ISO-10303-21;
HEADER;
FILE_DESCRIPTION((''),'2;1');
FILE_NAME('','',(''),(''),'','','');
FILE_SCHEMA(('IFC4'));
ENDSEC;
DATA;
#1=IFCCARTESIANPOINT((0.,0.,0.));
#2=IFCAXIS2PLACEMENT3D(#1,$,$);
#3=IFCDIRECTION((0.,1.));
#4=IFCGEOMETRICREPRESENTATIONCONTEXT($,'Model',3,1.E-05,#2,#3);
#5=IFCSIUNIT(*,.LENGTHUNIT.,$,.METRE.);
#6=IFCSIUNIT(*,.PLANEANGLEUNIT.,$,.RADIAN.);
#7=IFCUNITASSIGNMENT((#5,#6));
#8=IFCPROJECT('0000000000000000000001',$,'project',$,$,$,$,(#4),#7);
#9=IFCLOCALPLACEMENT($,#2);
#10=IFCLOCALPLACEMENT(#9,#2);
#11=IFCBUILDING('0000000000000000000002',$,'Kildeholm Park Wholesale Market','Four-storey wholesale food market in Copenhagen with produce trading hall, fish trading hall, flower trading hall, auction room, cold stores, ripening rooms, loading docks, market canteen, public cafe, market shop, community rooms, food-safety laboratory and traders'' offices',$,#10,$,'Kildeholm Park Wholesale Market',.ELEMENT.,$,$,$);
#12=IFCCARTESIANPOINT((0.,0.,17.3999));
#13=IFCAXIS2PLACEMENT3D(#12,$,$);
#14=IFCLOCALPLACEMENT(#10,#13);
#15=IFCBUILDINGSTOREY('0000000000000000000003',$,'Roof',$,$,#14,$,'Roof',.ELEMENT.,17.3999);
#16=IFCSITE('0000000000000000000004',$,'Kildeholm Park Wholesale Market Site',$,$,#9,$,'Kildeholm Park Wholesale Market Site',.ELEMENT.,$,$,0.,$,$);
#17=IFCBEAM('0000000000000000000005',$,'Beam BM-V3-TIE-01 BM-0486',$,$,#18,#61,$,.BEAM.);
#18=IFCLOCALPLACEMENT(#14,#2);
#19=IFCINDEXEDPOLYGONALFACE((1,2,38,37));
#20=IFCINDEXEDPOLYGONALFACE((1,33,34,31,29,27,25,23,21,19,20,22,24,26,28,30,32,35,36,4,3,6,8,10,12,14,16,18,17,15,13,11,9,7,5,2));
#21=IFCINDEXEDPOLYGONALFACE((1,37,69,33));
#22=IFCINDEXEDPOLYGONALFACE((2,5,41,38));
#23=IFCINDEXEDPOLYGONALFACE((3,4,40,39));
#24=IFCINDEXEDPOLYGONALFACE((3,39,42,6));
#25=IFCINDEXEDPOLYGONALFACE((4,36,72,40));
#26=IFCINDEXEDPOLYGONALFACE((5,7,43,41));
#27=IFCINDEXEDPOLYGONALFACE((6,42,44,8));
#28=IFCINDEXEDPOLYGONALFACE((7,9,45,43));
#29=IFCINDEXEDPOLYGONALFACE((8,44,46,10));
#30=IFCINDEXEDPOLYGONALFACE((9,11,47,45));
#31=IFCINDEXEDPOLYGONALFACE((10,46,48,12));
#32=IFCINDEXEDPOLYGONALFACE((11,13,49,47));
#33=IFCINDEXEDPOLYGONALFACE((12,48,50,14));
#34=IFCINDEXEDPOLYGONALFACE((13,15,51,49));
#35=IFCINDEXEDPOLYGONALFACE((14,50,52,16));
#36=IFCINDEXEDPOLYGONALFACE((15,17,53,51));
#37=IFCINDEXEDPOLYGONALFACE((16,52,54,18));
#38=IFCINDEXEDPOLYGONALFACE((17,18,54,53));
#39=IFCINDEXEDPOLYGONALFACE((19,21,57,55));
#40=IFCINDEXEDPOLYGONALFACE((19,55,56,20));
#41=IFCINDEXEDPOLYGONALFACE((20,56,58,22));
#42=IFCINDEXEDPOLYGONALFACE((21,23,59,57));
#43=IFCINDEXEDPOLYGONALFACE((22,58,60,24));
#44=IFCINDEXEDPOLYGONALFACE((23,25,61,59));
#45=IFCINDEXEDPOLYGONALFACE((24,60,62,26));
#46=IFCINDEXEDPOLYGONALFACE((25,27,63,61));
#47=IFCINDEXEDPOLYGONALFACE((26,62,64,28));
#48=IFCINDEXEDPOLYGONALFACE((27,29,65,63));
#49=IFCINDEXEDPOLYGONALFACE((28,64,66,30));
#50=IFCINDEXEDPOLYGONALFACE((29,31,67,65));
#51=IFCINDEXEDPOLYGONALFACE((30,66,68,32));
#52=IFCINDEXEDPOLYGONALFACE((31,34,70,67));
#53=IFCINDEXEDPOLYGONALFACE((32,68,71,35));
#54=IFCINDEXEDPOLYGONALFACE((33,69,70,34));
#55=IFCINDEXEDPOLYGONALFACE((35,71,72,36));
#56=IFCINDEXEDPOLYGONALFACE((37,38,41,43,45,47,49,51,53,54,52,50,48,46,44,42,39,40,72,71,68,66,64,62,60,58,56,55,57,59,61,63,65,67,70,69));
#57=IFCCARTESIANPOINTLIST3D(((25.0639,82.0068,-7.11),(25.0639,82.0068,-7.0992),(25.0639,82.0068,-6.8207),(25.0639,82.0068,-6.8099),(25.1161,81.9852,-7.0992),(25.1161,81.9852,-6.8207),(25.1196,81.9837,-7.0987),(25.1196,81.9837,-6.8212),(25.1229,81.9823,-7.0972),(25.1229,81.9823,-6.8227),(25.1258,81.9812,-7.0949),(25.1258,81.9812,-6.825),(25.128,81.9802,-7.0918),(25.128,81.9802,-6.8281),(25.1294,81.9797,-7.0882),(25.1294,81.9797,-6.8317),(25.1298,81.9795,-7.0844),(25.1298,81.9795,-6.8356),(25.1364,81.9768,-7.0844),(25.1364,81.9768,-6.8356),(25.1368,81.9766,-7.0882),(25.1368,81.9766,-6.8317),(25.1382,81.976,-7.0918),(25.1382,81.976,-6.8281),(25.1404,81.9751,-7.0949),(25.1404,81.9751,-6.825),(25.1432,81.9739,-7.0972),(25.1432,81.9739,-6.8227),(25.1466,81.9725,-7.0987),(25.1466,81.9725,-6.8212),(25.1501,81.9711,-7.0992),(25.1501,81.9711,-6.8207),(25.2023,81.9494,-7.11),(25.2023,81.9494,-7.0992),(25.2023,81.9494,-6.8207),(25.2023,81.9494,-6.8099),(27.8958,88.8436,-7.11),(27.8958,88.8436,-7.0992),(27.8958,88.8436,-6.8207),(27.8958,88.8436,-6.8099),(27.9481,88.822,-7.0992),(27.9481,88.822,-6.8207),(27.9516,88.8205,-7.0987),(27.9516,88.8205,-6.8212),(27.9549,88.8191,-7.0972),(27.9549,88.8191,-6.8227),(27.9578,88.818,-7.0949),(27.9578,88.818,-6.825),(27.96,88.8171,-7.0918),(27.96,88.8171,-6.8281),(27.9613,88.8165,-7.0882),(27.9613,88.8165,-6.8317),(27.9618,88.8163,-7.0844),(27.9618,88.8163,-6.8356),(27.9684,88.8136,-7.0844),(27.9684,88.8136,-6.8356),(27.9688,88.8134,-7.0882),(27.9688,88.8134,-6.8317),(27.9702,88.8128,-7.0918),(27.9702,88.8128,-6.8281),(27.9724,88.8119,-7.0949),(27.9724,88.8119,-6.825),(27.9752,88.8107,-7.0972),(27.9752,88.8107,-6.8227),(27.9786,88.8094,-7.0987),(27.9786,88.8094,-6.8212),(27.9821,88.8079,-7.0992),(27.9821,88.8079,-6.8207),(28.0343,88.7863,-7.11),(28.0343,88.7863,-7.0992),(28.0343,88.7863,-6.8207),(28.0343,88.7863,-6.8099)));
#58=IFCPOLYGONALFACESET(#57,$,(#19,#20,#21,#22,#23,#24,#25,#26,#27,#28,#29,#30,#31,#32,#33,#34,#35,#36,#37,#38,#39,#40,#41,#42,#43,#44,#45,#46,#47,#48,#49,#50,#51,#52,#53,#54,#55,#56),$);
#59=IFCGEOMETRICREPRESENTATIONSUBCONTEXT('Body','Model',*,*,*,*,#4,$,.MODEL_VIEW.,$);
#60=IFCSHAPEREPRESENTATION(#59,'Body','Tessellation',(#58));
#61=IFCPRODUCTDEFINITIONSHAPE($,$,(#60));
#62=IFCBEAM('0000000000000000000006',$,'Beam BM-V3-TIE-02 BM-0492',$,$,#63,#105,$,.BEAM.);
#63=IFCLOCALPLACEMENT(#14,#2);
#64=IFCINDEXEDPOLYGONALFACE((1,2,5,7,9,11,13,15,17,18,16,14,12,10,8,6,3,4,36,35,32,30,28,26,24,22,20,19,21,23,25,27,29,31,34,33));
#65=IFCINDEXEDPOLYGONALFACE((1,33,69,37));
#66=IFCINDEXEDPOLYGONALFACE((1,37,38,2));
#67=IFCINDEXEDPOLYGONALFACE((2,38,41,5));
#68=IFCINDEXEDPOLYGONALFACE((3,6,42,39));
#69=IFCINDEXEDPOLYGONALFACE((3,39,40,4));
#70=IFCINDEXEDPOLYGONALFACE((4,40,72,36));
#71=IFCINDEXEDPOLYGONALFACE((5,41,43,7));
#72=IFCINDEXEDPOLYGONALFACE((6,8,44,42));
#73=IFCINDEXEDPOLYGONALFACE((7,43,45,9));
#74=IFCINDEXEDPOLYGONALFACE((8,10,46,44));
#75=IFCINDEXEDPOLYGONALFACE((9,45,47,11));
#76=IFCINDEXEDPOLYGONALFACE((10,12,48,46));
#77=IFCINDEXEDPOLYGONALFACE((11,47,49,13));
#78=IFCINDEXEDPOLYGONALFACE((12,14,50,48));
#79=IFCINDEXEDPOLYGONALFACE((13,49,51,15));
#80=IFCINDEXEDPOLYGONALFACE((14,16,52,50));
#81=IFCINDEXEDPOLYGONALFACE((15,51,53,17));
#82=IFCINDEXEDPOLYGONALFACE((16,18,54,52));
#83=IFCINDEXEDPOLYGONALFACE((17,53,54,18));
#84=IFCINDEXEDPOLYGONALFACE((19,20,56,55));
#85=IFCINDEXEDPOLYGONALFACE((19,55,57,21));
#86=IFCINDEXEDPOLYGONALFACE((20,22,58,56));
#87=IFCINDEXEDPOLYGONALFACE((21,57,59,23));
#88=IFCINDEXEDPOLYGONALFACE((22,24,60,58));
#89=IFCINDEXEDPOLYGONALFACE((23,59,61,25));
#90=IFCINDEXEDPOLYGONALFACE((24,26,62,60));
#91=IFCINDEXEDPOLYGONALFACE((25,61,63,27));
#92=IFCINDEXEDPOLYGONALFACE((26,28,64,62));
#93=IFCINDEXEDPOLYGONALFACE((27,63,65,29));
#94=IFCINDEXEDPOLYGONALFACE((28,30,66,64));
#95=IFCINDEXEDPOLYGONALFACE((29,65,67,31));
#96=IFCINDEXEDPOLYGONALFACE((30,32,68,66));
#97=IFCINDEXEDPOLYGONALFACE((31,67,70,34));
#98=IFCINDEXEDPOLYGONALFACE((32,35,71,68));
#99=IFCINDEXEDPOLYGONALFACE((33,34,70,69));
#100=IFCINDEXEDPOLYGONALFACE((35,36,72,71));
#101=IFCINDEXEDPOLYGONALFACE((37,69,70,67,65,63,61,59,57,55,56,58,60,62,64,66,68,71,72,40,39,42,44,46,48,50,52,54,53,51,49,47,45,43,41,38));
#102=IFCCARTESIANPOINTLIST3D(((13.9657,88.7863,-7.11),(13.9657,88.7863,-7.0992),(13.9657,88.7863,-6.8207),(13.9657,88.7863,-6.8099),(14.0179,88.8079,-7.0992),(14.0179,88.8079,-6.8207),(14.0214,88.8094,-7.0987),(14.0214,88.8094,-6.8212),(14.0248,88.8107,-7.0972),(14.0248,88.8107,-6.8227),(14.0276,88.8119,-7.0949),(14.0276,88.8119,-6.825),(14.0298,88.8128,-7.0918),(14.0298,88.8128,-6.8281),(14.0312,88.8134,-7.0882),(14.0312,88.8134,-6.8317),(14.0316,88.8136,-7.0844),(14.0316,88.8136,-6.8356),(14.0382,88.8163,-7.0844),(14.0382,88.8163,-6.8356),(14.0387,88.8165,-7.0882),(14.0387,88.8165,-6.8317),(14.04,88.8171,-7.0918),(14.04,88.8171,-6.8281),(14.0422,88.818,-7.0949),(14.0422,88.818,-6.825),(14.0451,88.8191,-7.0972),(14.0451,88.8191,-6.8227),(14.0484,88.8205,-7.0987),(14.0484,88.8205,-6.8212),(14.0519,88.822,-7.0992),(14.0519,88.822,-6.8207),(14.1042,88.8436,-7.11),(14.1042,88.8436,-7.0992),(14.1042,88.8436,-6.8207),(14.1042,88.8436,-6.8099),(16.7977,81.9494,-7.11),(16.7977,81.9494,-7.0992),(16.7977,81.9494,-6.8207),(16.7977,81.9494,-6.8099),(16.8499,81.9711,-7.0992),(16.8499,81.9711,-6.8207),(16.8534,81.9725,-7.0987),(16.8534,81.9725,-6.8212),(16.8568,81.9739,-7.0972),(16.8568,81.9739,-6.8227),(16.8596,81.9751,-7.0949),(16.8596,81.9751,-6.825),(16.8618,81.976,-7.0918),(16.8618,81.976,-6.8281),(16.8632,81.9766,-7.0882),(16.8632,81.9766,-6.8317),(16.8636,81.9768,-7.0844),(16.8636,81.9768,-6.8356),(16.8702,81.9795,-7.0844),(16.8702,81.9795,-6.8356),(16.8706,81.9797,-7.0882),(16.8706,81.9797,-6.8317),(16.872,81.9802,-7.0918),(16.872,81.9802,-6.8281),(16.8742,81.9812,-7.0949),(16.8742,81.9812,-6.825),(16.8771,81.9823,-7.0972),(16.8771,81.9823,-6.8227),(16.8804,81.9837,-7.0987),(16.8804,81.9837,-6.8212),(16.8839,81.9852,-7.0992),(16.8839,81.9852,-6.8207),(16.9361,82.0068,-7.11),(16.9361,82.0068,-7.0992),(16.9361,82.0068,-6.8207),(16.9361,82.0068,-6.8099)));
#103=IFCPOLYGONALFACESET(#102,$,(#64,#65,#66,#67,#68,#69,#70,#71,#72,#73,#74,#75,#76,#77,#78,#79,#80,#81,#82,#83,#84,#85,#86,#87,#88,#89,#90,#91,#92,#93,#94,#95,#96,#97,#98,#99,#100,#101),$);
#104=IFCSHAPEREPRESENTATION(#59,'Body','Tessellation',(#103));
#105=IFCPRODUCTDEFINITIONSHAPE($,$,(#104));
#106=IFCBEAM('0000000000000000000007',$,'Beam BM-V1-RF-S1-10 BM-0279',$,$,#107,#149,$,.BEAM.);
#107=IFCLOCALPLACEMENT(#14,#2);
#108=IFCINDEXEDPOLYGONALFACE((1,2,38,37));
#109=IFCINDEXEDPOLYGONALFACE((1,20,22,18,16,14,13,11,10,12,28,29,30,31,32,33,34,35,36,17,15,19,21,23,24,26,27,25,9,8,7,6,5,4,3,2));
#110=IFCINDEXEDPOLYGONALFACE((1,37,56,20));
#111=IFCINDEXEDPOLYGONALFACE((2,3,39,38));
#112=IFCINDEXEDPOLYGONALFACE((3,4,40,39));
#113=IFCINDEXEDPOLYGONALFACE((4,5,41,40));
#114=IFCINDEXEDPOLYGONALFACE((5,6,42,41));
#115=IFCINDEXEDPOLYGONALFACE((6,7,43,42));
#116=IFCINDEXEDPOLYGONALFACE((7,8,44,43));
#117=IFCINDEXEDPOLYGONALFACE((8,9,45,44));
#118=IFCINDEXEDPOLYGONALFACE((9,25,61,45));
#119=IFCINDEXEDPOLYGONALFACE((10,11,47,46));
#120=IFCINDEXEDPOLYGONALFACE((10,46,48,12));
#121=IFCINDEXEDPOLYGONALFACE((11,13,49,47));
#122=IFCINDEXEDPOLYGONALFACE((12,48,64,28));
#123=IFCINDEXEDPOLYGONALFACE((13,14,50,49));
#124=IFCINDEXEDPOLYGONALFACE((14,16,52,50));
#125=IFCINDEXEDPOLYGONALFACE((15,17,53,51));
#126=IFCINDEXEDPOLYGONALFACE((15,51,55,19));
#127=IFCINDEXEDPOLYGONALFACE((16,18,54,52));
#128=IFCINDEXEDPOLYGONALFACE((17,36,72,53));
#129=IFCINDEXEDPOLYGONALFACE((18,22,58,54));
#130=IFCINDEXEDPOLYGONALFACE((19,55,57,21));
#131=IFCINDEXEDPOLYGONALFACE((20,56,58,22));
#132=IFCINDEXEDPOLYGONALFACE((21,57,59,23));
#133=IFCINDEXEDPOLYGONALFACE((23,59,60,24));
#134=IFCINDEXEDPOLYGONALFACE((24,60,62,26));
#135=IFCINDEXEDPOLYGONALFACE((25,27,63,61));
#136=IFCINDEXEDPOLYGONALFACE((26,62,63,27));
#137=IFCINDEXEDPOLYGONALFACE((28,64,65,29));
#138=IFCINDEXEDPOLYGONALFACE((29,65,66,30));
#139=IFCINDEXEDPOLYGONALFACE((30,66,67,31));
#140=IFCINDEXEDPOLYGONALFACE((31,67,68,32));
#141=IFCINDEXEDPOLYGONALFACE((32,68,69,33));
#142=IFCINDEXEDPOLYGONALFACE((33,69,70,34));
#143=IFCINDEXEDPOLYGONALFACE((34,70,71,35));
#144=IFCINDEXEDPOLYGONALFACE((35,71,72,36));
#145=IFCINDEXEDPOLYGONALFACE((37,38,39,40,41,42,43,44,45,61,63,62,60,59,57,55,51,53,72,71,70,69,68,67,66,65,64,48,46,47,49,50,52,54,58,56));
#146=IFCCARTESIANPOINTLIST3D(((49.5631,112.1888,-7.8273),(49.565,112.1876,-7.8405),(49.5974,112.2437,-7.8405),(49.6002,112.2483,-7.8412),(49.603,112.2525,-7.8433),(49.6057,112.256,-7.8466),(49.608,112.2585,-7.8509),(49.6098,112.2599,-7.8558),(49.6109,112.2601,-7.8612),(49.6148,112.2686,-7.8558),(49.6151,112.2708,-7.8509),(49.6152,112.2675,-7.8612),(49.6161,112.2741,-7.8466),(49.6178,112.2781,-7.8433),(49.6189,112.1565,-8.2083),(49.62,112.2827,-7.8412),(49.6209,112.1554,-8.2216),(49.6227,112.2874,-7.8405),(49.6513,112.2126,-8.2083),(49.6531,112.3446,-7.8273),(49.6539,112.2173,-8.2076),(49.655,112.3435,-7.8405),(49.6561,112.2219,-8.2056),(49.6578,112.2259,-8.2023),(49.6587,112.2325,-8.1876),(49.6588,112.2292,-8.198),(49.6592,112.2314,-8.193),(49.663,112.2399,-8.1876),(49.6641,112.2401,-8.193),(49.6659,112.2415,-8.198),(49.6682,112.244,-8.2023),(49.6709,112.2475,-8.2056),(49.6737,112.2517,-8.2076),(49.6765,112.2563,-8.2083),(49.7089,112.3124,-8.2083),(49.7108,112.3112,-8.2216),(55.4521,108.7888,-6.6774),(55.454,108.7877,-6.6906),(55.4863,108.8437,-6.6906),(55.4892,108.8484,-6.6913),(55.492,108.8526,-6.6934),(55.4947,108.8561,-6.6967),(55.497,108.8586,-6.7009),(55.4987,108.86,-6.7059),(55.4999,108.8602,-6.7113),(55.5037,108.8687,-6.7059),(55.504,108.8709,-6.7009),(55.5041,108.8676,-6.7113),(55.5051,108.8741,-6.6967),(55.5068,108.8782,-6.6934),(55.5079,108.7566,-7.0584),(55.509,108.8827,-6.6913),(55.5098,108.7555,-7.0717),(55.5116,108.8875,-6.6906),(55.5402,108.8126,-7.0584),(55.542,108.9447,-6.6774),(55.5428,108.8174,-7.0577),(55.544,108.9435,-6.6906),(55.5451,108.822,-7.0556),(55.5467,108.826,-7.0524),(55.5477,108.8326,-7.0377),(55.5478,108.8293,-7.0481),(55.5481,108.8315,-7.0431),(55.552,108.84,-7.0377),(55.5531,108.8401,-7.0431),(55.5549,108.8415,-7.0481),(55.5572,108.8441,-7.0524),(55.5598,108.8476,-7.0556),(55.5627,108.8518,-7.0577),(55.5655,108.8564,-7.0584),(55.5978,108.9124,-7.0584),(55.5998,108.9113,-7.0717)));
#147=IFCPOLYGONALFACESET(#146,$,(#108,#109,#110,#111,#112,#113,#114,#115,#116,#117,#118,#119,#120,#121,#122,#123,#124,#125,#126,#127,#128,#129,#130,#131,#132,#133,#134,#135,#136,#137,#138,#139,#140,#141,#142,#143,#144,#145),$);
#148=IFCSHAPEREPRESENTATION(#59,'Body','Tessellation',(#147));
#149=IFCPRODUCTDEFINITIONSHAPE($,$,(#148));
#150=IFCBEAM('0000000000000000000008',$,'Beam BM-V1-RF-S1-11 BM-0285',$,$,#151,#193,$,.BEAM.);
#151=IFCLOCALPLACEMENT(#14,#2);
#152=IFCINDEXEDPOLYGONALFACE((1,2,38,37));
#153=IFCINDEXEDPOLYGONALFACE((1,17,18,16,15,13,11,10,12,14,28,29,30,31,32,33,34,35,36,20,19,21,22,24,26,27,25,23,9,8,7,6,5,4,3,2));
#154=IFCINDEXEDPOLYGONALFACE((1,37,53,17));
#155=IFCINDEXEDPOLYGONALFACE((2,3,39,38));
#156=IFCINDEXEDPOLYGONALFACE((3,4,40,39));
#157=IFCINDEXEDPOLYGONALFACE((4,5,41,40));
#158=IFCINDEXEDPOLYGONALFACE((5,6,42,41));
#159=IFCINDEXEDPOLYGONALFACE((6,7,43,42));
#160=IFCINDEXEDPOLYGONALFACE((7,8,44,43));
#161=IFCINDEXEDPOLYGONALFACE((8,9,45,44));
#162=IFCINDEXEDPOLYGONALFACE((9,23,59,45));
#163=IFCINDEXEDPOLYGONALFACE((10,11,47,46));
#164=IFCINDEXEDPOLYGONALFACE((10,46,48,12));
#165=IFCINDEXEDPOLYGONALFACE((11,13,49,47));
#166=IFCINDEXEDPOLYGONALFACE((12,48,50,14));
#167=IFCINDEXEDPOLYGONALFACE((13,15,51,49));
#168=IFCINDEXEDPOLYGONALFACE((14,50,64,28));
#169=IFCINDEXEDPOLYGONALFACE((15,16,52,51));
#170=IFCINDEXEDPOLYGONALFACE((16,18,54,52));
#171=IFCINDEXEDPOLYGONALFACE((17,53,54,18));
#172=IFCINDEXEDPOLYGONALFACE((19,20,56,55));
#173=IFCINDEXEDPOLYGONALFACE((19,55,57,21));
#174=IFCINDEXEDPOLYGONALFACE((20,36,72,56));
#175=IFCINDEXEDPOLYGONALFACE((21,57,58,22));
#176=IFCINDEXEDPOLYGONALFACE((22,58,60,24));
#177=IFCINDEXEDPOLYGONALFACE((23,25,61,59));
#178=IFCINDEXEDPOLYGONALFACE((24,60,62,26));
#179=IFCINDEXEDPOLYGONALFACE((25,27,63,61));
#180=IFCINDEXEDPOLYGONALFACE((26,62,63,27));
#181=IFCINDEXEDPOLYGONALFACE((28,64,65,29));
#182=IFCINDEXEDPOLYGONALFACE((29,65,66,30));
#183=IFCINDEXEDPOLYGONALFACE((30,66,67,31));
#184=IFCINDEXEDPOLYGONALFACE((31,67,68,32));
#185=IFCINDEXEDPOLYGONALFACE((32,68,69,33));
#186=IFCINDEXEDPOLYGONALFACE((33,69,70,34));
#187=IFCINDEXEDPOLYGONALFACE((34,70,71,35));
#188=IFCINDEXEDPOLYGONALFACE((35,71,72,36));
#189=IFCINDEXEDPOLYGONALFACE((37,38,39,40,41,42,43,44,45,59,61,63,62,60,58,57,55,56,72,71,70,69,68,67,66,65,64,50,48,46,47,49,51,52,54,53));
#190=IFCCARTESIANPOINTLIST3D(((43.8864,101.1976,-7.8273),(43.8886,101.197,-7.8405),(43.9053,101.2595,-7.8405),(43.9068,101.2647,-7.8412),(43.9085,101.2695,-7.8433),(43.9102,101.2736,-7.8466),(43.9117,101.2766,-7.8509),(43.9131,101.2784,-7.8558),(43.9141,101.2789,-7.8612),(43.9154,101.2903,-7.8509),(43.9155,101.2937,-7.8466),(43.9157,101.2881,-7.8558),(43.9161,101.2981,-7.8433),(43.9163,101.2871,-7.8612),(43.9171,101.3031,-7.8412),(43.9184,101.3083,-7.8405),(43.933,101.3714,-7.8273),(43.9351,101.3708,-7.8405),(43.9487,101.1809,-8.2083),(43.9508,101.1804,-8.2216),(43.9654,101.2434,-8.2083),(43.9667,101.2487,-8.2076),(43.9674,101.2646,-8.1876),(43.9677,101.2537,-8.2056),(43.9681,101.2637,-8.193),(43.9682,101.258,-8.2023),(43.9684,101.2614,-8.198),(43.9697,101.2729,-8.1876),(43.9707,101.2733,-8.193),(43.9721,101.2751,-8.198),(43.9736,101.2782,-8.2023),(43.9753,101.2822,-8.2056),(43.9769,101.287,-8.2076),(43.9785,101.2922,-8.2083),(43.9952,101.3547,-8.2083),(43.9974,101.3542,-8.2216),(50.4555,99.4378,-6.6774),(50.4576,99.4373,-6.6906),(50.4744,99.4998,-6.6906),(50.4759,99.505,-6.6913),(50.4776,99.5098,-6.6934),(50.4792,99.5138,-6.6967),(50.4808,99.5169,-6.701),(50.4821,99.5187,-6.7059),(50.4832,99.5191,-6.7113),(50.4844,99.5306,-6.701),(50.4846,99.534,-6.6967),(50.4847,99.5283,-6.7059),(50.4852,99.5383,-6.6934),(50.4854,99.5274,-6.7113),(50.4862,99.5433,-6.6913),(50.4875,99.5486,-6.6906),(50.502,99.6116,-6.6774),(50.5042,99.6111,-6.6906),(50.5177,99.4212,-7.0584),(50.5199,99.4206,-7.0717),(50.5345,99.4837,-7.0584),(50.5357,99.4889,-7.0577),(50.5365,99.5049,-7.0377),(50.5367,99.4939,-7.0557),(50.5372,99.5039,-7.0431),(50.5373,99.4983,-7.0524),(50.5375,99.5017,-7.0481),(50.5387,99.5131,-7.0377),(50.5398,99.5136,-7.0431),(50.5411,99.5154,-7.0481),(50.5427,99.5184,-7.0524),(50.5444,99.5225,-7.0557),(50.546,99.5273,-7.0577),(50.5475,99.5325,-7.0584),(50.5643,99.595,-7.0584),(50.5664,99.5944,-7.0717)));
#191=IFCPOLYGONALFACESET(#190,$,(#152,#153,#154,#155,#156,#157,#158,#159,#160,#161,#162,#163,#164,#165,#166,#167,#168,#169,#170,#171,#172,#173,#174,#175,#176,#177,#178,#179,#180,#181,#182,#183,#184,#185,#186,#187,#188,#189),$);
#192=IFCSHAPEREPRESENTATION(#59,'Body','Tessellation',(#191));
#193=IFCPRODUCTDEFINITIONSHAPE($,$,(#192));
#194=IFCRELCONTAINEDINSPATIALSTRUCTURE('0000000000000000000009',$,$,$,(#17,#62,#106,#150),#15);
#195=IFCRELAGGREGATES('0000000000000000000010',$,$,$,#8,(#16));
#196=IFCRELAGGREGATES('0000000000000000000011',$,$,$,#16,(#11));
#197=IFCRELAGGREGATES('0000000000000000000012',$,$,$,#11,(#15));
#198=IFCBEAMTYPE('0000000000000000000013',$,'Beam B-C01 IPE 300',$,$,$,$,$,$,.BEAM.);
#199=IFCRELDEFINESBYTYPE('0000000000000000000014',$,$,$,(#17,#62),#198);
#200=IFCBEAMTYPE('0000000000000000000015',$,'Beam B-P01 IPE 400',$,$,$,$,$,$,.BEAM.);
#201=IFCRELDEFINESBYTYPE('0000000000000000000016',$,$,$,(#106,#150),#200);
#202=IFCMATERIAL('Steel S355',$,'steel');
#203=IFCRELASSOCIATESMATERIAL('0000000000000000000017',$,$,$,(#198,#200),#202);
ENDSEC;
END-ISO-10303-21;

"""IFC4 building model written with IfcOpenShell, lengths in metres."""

from ifc_helpers import new_model, si_unit, direction, frame, origin, origin_2d, place, context, subcontext, project, spatial, i_section, extrude, material, material_profile, profile_set, type_object, element, save


model = new_model("IFC4")

# Units and contexts
model_context = context("Model", 3, precision=1e-05, world=origin(), true_north=direction((0.0, 1.0)))
body_context = subcontext(model_context, "Body", "Model", "MODEL_VIEW")
ifc_project = project(units=[si_unit("LENGTHUNIT", "METRE"), si_unit("PLANEANGLEUNIT", "RADIAN")], contexts=[model_context])

# Site, building, storey
site_placement = place(None, origin())
site = spatial("IfcSite", under=ifc_project, at=site_placement, Name="Kildeholm Park Wholesale Market Site", LongName="Kildeholm Park Wholesale Market Site", CompositionType="ELEMENT", RefElevation=0.0)
building_placement = place(site_placement, origin())
building = spatial("IfcBuilding", under=site, at=building_placement, Name="Kildeholm Park Wholesale Market", Description="Four-storey wholesale food market in Copenhagen with produce trading hall, fish trading hall, flower trading hall, auction room, cold stores, ripening rooms, loading docks, market canteen, public cafe, market shop, community rooms, food-safety laboratory and traders' offices", LongName="Kildeholm Park Wholesale Market", CompositionType="ELEMENT")
storey_placement = place(building_placement, frame((0.0, 0.0, 17.3999)))
storey = spatial("IfcBuildingStorey", under=building, at=storey_placement, Name="Roof", LongName="Roof", CompositionType="ELEMENT", Elevation=17.3999)

# Beams
ifc_material_1 = material(Name="Steel S355", Category="steel")
ifc_material_profile_1 = material_profile(ifc_material_1, i_section(OverallWidth=0.1499, OverallDepth=0.3, WebThickness=0.0071, FlangeThickness=0.0107, FilletRadius=0.0149, at=origin_2d()), Name="IPE 300")
ifc_profile_set_1 = profile_set([ifc_material_profile_1], Name="Steel S355")
beam_type_1 = type_object("IfcBeamType", Name="Beam B-C01 IPE 300", PredefinedType="BEAM", material=ifc_profile_set_1)
for number, where, z_axis, x_axis, name in (
    (1, (27.9651, 88.8149, -6.96), (-0.382694, -0.923875, 0.0), (0.923875, -0.382694, 0.0), "Beam BM-V3-TIE-01 BM-0486"),
    (2, (14.0349, 88.8149, -6.96), (0.382694, -0.923875, 0.0), (0.923875, 0.382694, 0.0), "Beam BM-V3-TIE-02 BM-0492"),
):
    element("IfcBeam", number, at=place(storey_placement, frame(where, z_axis=z_axis, x_axis=x_axis)), inside=storey, type_object=beam_type_1, Name=name, PredefinedType="BEAM", context=body_context, shape_type="SweptSolid", body=[
        extrude(i_section(OverallWidth=0.1499, OverallDepth=0.3, WebThickness=0.0071, FlangeThickness=0.0107, FilletRadius=0.0149, at=origin_2d()), origin(), (0.0, 0.0, 1.0), 7.4001),
    ])
ifc_material_profile_2 = material_profile(ifc_material_1, i_section(OverallWidth=0.1799, OverallDepth=0.3999, WebThickness=0.0085, FlangeThickness=0.0134, FilletRadius=0.021, at=origin_2d()), Name="IPE 400")
ifc_profile_set_2 = profile_set([ifc_material_profile_2], Name="Steel S355")
beam_type_2 = type_object("IfcBeamType", Name="Beam B-P01 IPE 400", PredefinedType="BEAM", material=ifc_profile_set_2)
beam_1_placement = place(storey_placement, frame((49.637, 112.25, -8.0244), z_axis=(0.853906, -0.492994, 0.166738), x_axis=(0.499993, 0.86603, 0.0)))
element("IfcBeam", 3, at=beam_1_placement, inside=storey, type_object=beam_type_2, Name="Beam BM-V1-RF-S1-10 BM-0279", PredefinedType="BEAM", context=body_context, shape_type="SweptSolid", body=[
    extrude(i_section(OverallWidth=0.1799, OverallDepth=0.3999, WebThickness=0.0085, FlangeThickness=0.0134, FilletRadius=0.021, at=origin_2d()), origin(), (0.0, 0.0, 1.0), 6.8965),
])
beam_2_placement = place(storey_placement, frame((43.9419, 101.2759, -8.0244), z_axis=(0.952422, -0.25514, 0.166719), x_axis=(0.258762, 0.965941, 0.0)))
element("IfcBeam", 4, at=beam_2_placement, inside=storey, type_object=beam_type_2, Name="Beam BM-V1-RF-S1-11 BM-0285", PredefinedType="BEAM", context=body_context, shape_type="SweptSolid", body=[
    extrude(i_section(OverallWidth=0.1799, OverallDepth=0.3999, WebThickness=0.0085, FlangeThickness=0.0134, FilletRadius=0.021, at=origin_2d()), origin(), (0.0, 0.0, 1.0), 6.8972),
])

save(model, "model.ifc")
